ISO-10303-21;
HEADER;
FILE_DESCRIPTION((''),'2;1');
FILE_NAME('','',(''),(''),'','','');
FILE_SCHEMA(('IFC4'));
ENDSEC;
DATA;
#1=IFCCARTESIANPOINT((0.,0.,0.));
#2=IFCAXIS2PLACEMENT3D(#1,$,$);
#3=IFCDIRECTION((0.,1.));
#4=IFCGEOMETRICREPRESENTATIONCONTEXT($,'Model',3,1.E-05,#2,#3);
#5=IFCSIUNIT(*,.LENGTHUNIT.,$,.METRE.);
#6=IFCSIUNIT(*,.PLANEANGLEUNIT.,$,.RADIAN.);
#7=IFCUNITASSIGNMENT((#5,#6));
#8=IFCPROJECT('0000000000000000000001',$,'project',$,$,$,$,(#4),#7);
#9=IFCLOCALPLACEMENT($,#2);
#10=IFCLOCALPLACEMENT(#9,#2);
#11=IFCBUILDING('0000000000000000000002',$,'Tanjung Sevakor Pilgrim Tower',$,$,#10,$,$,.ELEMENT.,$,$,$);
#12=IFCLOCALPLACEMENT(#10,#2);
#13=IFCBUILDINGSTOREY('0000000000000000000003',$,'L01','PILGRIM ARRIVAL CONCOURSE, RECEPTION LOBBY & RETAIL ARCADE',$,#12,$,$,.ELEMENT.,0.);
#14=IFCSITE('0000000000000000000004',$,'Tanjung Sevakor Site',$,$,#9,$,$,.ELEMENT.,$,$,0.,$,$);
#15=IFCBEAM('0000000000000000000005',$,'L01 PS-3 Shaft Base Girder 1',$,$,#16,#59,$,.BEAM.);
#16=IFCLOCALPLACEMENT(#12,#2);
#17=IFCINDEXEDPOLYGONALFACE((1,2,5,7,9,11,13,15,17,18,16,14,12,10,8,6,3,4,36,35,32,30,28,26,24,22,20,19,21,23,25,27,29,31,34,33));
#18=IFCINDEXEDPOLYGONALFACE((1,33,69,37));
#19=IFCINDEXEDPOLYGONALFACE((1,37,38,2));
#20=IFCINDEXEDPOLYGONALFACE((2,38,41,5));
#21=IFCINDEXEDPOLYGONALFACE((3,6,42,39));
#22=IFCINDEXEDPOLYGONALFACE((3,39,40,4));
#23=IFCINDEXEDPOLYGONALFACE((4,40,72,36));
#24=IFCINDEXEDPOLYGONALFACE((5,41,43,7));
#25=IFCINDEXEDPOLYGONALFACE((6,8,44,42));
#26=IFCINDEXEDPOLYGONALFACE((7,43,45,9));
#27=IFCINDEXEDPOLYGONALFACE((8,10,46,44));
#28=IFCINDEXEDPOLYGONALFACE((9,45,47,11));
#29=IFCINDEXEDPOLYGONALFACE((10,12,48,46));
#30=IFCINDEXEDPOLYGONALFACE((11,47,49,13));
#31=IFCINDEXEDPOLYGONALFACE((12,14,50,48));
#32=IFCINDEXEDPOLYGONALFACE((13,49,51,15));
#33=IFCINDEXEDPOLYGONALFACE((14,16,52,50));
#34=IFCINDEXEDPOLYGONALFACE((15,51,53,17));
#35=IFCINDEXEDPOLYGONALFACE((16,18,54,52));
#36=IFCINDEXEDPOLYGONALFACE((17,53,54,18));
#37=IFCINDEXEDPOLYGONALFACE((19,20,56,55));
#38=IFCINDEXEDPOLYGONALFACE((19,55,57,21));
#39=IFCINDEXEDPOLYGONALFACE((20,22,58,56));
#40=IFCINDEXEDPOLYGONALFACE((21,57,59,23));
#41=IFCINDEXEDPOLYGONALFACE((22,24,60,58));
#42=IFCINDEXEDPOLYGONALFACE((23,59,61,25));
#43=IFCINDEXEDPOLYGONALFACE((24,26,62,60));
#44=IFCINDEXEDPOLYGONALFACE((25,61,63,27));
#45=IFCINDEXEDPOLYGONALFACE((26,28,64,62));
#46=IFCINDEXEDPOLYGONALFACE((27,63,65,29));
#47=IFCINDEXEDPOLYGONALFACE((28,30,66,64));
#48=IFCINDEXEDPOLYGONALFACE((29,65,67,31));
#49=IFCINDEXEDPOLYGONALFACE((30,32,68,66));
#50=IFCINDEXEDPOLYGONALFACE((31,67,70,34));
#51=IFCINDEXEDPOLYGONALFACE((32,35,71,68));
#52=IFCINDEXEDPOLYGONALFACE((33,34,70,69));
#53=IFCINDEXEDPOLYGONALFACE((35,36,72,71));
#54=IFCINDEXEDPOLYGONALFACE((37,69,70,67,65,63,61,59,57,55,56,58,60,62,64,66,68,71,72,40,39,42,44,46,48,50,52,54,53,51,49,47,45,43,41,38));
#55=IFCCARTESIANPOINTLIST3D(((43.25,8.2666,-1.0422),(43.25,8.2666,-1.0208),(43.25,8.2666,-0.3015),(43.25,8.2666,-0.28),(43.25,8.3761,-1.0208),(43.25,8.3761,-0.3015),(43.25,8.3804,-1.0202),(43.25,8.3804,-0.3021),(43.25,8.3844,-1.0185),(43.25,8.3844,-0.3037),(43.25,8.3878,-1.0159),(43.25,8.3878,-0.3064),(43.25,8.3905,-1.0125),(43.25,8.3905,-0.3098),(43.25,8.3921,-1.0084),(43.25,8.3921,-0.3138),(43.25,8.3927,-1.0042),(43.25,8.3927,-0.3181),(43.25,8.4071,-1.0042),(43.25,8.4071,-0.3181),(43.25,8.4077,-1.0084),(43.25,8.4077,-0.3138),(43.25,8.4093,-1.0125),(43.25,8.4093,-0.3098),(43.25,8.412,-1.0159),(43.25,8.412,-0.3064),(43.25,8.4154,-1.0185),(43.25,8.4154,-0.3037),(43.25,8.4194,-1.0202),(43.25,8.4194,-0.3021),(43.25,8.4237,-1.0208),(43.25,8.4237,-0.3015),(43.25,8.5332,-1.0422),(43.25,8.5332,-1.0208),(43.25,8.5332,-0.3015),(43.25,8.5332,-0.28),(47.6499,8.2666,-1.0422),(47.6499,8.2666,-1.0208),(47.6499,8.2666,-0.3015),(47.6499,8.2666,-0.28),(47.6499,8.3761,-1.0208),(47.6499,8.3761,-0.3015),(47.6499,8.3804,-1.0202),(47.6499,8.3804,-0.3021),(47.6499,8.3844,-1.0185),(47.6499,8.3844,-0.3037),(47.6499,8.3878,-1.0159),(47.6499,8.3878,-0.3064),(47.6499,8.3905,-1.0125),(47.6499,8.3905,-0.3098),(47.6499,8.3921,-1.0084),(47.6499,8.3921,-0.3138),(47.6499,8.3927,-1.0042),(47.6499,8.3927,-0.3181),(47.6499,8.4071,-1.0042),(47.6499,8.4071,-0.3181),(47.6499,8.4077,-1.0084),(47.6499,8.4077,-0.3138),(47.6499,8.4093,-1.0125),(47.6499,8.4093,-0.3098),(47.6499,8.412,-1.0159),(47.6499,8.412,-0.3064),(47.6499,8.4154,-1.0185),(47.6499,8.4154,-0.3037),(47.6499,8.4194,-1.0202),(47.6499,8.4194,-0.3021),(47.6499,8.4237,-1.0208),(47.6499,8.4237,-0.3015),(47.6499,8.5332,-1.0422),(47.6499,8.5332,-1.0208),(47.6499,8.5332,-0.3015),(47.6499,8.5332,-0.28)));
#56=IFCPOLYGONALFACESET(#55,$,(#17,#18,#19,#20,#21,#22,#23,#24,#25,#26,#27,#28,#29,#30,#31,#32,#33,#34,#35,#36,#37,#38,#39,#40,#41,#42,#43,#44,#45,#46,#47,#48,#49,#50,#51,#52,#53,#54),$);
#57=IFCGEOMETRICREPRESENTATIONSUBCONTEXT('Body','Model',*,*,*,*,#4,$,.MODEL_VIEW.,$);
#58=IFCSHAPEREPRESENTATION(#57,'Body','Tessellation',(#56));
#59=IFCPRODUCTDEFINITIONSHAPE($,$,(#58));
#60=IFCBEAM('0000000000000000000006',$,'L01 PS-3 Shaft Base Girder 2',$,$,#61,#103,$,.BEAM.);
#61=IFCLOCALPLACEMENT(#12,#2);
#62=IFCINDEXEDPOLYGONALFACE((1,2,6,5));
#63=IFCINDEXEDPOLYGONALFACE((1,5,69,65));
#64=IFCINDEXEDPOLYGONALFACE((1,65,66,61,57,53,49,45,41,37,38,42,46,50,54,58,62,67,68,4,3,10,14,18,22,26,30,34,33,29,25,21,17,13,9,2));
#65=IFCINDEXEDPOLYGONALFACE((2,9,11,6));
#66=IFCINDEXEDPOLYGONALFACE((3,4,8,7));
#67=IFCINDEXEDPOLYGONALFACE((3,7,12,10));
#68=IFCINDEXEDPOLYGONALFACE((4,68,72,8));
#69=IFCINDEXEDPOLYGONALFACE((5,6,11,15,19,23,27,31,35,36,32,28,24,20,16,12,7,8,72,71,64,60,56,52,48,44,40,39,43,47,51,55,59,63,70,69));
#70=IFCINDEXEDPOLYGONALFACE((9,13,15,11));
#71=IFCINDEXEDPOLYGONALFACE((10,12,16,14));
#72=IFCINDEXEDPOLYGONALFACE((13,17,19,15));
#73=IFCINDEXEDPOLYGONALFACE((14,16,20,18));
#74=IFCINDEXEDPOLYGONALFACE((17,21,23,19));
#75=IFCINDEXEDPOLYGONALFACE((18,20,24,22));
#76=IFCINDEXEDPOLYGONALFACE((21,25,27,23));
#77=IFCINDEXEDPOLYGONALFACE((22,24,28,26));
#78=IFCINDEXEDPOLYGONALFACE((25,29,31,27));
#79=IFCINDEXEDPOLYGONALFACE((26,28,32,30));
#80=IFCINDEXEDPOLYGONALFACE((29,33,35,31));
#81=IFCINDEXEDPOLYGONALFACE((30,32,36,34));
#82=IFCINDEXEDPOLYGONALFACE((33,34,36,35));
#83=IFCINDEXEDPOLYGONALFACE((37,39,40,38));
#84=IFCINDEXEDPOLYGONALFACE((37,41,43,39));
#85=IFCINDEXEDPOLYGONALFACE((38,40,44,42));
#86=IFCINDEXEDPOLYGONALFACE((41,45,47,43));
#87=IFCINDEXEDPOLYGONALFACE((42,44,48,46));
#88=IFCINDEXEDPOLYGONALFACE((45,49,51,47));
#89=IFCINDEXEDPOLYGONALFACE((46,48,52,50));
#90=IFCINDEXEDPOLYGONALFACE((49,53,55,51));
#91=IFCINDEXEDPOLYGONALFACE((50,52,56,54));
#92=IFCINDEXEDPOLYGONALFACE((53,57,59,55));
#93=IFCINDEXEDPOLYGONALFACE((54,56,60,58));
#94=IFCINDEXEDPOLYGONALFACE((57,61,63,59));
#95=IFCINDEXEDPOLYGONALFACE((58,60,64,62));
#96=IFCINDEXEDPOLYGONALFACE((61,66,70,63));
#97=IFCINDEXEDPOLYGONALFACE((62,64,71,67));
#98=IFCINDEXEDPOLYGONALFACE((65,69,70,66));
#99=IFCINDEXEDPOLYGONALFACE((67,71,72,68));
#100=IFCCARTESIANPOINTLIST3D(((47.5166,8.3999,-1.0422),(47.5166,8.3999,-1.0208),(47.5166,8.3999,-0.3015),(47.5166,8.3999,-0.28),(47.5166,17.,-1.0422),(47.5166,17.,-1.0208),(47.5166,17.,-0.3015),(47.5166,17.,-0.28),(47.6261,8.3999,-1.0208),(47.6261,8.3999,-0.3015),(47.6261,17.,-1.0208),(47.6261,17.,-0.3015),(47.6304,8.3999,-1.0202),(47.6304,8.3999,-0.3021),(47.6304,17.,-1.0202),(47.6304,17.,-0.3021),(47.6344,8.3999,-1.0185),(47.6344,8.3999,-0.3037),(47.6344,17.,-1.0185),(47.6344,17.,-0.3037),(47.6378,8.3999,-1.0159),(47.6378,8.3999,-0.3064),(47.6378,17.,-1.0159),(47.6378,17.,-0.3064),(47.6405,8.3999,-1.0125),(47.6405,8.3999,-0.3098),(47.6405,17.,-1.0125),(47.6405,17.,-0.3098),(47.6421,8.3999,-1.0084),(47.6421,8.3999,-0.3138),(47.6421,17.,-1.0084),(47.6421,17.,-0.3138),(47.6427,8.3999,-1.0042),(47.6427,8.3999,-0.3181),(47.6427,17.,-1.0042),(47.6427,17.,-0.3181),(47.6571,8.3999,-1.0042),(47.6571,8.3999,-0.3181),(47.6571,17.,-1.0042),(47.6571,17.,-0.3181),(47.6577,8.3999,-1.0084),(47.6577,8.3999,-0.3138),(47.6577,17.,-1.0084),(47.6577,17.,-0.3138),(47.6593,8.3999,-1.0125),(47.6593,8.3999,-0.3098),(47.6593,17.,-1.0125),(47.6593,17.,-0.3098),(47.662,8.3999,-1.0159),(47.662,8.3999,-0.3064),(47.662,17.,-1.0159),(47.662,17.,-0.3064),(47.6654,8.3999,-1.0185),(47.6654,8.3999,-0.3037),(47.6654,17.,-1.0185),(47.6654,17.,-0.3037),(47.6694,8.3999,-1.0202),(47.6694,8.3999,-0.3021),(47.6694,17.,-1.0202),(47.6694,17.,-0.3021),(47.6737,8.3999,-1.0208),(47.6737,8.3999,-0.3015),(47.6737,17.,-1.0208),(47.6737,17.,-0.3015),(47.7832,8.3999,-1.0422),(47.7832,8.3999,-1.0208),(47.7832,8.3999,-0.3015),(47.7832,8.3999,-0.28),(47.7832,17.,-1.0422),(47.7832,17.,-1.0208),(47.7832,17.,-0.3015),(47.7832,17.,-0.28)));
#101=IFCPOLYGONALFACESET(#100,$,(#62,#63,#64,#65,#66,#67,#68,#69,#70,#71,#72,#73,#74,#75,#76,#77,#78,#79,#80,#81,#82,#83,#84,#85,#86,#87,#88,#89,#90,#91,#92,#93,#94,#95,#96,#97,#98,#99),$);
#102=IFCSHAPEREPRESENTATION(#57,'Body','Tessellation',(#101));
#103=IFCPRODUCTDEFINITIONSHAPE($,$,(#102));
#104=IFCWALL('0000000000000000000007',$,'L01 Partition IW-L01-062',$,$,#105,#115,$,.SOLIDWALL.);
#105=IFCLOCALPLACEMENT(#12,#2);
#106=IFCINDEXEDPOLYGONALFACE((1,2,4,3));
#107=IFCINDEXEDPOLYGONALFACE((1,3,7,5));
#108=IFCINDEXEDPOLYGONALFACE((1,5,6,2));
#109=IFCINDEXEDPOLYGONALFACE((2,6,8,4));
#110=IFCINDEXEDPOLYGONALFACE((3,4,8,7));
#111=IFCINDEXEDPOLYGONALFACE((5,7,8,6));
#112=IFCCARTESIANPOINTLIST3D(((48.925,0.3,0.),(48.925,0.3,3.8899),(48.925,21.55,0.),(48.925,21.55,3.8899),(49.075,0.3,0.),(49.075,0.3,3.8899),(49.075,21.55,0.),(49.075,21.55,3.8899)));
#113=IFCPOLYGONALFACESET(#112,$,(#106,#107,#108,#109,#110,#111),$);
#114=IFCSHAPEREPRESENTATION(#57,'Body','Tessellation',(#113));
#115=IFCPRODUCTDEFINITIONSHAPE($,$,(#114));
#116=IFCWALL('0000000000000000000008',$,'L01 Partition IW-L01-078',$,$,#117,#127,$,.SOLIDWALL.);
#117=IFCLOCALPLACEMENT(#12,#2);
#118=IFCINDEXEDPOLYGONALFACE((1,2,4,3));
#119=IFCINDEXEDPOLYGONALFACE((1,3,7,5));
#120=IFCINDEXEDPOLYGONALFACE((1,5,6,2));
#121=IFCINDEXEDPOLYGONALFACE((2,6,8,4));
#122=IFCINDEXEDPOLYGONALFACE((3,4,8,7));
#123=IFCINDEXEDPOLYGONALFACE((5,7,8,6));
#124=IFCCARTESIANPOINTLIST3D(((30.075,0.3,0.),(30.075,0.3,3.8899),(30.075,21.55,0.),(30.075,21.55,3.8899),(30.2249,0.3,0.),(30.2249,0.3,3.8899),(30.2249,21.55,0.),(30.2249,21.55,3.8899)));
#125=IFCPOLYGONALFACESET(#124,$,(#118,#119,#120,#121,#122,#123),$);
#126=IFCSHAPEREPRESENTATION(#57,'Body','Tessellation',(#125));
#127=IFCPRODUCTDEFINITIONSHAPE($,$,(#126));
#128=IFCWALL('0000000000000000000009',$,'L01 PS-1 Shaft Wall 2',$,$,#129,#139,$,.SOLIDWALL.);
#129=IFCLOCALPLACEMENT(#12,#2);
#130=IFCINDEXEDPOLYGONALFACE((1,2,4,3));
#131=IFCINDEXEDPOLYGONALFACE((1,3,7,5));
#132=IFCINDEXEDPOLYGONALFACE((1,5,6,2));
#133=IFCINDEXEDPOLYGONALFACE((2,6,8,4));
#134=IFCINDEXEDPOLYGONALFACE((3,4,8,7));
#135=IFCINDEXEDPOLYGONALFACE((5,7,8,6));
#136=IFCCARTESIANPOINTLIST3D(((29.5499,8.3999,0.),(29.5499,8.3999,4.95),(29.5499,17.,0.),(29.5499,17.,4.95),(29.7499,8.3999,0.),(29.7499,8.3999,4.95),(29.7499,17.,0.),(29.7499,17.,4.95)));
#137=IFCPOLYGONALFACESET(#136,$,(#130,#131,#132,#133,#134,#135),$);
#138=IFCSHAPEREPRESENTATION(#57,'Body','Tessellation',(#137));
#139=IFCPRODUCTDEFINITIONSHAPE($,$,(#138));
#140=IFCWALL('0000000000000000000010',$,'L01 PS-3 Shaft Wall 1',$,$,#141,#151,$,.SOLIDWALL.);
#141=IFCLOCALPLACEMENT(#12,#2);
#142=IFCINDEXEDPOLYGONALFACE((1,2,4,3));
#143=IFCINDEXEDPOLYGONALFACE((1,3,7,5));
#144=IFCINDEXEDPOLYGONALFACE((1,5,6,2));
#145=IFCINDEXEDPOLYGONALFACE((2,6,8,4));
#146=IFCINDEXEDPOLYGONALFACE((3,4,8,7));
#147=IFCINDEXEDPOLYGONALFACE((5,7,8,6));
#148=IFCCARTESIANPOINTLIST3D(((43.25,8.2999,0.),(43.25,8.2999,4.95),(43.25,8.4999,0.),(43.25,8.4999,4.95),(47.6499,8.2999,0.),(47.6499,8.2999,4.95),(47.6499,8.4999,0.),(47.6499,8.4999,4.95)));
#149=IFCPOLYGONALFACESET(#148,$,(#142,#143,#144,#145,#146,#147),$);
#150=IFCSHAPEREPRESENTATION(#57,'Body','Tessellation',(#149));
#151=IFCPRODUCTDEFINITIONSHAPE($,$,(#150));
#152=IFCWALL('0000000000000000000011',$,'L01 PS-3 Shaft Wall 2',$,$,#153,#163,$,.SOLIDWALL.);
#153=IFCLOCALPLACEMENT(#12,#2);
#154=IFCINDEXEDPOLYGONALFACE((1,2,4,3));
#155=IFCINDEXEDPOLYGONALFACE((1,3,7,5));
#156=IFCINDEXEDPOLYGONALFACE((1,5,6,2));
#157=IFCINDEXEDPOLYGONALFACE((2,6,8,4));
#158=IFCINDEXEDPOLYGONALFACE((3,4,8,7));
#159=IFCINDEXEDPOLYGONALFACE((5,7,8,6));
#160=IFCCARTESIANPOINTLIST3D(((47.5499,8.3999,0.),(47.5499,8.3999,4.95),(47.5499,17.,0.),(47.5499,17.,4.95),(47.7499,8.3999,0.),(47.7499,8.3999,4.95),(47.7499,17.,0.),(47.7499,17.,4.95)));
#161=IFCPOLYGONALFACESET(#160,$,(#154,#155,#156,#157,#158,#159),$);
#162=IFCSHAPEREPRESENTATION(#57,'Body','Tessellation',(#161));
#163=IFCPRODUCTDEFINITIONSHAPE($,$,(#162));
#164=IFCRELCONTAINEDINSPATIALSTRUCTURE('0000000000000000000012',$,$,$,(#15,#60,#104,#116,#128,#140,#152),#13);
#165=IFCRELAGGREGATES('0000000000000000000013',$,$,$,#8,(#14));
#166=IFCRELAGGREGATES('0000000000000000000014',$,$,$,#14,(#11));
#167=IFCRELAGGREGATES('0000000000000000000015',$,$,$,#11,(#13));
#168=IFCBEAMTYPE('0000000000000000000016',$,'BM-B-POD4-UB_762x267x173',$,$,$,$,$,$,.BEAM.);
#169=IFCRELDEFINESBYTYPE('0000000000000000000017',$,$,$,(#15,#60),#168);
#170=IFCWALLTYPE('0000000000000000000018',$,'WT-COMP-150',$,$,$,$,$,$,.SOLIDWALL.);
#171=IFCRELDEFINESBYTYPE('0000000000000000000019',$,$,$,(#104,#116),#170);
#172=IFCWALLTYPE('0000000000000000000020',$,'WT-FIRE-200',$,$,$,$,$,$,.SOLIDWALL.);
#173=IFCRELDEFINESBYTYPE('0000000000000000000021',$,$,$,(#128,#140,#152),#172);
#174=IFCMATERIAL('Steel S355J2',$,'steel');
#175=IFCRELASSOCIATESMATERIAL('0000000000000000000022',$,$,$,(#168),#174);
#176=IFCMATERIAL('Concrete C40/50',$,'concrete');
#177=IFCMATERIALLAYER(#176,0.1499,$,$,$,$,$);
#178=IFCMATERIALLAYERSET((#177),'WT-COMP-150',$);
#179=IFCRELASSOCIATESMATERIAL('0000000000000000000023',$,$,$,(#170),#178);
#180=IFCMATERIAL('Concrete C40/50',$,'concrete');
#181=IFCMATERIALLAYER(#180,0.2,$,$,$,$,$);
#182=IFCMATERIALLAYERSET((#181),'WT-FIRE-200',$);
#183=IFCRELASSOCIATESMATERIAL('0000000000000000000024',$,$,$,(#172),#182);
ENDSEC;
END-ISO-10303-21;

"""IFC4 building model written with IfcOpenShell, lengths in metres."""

from ifc_helpers import new_model, si_unit, direction, frame, frame_2d, origin, origin_2d, place, context, subcontext, project, spatial, rectangle, i_section, extrude, material, layer, layer_set, material_profile, profile_set, type_object, element, save


model = new_model("IFC4")

# Units and contexts
model_context = context("Model", 3, precision=1e-05, world=origin(), true_north=direction((0.0, 1.0)))
body_context = subcontext(model_context, "Body", "Model", "MODEL_VIEW")
ifc_project = project(units=[si_unit("LENGTHUNIT", "METRE"), si_unit("PLANEANGLEUNIT", "RADIAN")], contexts=[model_context])

# Site, building, storey
site_placement = place(None, origin())
site = spatial("IfcSite", under=ifc_project, at=site_placement, Name="Tanjung Sevakor Site", CompositionType="ELEMENT", RefElevation=0.0)
building_placement = place(site_placement, origin())
building = spatial("IfcBuilding", under=site, at=building_placement, Name="Tanjung Sevakor Pilgrim Tower", CompositionType="ELEMENT")
storey_placement = place(building_placement, origin())
storey = spatial("IfcBuildingStorey", under=building, at=storey_placement, Name="L01", Description="PILGRIM ARRIVAL CONCOURSE, RECEPTION LOBBY & RETAIL ARCADE", CompositionType="ELEMENT", Elevation=0.0)

# Beams
ifc_material_1 = material(Name="Steel S355J2", Category="steel")
ifc_material_profile_1 = material_profile(ifc_material_1, i_section(OverallWidth=0.2666, OverallDepth=0.7622, WebThickness=0.0144, FlangeThickness=0.0215, FilletRadius=0.0166, at=origin_2d()))
ifc_profile_set_1 = profile_set([ifc_material_profile_1], Name="Steel S355J2")
beam_type_1 = type_object("IfcBeamType", Name="BM-B-POD4-UB_762x267x173", PredefinedType="BEAM", material=ifc_profile_set_1)
beam_1_placement = place(storey_placement, frame((43.25, 8.3999, -0.6611), z_axis=(1.0, 0.0, 0.0), x_axis=(0.0, 1.0, 0.0)))
element("IfcBeam", 1, at=beam_1_placement, inside=storey, type_object=beam_type_1, Name="L01 PS-3 Shaft Base Girder 1", PredefinedType="BEAM", context=body_context, shape_type="SweptSolid", body=[
    extrude(i_section(OverallWidth=0.2666, OverallDepth=0.7622, WebThickness=0.0144, FlangeThickness=0.0215, FilletRadius=0.0166, at=origin_2d()), origin(), (0.0, 0.0, 1.0), 4.3999),
])
beam_2_placement = place(storey_placement, frame((47.6499, 8.3999, -0.6611), z_axis=(0.0, 1.0, 0.0), x_axis=(-1.0, 0.0, 0.0)))
element("IfcBeam", 2, at=beam_2_placement, inside=storey, type_object=beam_type_1, Name="L01 PS-3 Shaft Base Girder 2", PredefinedType="BEAM", context=body_context, shape_type="SweptSolid", body=[
    extrude(i_section(OverallWidth=0.2666, OverallDepth=0.7622, WebThickness=0.0144, FlangeThickness=0.0215, FilletRadius=0.0166, at=origin_2d()), origin(), (0.0, 0.0, 1.0), 8.6001),
])

# Walls
ifc_material_2 = material(Name="Concrete C40/50", Category="concrete")
ifc_layer_1 = layer(ifc_material_2, 0.1499)
ifc_layer_set_1 = layer_set([ifc_layer_1], Name="WT-COMP-150")
wall_type_1 = type_object("IfcWallType", Name="WT-COMP-150", PredefinedType="SOLIDWALL", material=ifc_layer_set_1)
for number, where, z_axis, x_axis, name in (
    (3, (49.0, 0.3, 0.0), (0.0, 0.0, 1.0), (0.0, 1.0, 0.0), "L01 Partition IW-L01-062"),
    (4, (30.1499, 0.3, 0.0), (0.0, 0.0, 1.0), (0.0, 1.0, 0.0), "L01 Partition IW-L01-078"),
):
    element("IfcWall", number, at=place(storey_placement, frame(where, z_axis=z_axis, x_axis=x_axis)), inside=storey, type_object=wall_type_1, Name=name, PredefinedType="SOLIDWALL", context=body_context, shape_type="SweptSolid", body=[
        extrude(rectangle(XDim=21.25, YDim=0.1499, at=frame_2d((10.625, 0.0))), origin(), (0.0, 0.0, 1.0), 3.8899),
    ])
ifc_material_3 = material(Name="Concrete C40/50", Category="concrete")
ifc_layer_2 = layer(ifc_material_3, 0.2)
ifc_layer_set_2 = layer_set([ifc_layer_2], Name="WT-FIRE-200")
wall_type_2 = type_object("IfcWallType", Name="WT-FIRE-200", PredefinedType="SOLIDWALL", material=ifc_layer_set_2)
wall_1_placement = place(storey_placement, frame((29.6499, 8.3999, 0.0), z_axis=(0.0, 0.0, 1.0), x_axis=(0.0, 1.0, 0.0)))
element("IfcWall", 5, at=wall_1_placement, inside=storey, type_object=wall_type_2, Name="L01 PS-1 Shaft Wall 2", PredefinedType="SOLIDWALL", context=body_context, shape_type="SweptSolid", body=[
    extrude(rectangle(XDim=8.6001, YDim=0.2, at=frame_2d((4.3, 0.0))), origin(), (0.0, 0.0, 1.0), 4.95),
])
wall_2_placement = place(storey_placement, frame((43.25, 8.3999, 0.0), z_axis=(0.0, 0.0, 1.0), x_axis=(1.0, 0.0, 0.0)))
element("IfcWall", 6, at=wall_2_placement, inside=storey, type_object=wall_type_2, Name="L01 PS-3 Shaft Wall 1", PredefinedType="SOLIDWALL", context=body_context, shape_type="SweptSolid", body=[
    extrude(rectangle(XDim=4.3999, YDim=0.2, at=frame_2d((2.2, 0.0))), origin(), (0.0, 0.0, 1.0), 4.95),
])
wall_3_placement = place(storey_placement, frame((47.6499, 8.3999, 0.0), z_axis=(0.0, 0.0, 1.0), x_axis=(0.0, 1.0, 0.0)))
element("IfcWall", 7, at=wall_3_placement, inside=storey, type_object=wall_type_2, Name="L01 PS-3 Shaft Wall 2", PredefinedType="SOLIDWALL", context=body_context, shape_type="SweptSolid", body=[
    extrude(rectangle(XDim=8.6001, YDim=0.2, at=frame_2d((4.3, 0.0))), origin(), (0.0, 0.0, 1.0), 4.95),
])

save(model, "model.ifc")
